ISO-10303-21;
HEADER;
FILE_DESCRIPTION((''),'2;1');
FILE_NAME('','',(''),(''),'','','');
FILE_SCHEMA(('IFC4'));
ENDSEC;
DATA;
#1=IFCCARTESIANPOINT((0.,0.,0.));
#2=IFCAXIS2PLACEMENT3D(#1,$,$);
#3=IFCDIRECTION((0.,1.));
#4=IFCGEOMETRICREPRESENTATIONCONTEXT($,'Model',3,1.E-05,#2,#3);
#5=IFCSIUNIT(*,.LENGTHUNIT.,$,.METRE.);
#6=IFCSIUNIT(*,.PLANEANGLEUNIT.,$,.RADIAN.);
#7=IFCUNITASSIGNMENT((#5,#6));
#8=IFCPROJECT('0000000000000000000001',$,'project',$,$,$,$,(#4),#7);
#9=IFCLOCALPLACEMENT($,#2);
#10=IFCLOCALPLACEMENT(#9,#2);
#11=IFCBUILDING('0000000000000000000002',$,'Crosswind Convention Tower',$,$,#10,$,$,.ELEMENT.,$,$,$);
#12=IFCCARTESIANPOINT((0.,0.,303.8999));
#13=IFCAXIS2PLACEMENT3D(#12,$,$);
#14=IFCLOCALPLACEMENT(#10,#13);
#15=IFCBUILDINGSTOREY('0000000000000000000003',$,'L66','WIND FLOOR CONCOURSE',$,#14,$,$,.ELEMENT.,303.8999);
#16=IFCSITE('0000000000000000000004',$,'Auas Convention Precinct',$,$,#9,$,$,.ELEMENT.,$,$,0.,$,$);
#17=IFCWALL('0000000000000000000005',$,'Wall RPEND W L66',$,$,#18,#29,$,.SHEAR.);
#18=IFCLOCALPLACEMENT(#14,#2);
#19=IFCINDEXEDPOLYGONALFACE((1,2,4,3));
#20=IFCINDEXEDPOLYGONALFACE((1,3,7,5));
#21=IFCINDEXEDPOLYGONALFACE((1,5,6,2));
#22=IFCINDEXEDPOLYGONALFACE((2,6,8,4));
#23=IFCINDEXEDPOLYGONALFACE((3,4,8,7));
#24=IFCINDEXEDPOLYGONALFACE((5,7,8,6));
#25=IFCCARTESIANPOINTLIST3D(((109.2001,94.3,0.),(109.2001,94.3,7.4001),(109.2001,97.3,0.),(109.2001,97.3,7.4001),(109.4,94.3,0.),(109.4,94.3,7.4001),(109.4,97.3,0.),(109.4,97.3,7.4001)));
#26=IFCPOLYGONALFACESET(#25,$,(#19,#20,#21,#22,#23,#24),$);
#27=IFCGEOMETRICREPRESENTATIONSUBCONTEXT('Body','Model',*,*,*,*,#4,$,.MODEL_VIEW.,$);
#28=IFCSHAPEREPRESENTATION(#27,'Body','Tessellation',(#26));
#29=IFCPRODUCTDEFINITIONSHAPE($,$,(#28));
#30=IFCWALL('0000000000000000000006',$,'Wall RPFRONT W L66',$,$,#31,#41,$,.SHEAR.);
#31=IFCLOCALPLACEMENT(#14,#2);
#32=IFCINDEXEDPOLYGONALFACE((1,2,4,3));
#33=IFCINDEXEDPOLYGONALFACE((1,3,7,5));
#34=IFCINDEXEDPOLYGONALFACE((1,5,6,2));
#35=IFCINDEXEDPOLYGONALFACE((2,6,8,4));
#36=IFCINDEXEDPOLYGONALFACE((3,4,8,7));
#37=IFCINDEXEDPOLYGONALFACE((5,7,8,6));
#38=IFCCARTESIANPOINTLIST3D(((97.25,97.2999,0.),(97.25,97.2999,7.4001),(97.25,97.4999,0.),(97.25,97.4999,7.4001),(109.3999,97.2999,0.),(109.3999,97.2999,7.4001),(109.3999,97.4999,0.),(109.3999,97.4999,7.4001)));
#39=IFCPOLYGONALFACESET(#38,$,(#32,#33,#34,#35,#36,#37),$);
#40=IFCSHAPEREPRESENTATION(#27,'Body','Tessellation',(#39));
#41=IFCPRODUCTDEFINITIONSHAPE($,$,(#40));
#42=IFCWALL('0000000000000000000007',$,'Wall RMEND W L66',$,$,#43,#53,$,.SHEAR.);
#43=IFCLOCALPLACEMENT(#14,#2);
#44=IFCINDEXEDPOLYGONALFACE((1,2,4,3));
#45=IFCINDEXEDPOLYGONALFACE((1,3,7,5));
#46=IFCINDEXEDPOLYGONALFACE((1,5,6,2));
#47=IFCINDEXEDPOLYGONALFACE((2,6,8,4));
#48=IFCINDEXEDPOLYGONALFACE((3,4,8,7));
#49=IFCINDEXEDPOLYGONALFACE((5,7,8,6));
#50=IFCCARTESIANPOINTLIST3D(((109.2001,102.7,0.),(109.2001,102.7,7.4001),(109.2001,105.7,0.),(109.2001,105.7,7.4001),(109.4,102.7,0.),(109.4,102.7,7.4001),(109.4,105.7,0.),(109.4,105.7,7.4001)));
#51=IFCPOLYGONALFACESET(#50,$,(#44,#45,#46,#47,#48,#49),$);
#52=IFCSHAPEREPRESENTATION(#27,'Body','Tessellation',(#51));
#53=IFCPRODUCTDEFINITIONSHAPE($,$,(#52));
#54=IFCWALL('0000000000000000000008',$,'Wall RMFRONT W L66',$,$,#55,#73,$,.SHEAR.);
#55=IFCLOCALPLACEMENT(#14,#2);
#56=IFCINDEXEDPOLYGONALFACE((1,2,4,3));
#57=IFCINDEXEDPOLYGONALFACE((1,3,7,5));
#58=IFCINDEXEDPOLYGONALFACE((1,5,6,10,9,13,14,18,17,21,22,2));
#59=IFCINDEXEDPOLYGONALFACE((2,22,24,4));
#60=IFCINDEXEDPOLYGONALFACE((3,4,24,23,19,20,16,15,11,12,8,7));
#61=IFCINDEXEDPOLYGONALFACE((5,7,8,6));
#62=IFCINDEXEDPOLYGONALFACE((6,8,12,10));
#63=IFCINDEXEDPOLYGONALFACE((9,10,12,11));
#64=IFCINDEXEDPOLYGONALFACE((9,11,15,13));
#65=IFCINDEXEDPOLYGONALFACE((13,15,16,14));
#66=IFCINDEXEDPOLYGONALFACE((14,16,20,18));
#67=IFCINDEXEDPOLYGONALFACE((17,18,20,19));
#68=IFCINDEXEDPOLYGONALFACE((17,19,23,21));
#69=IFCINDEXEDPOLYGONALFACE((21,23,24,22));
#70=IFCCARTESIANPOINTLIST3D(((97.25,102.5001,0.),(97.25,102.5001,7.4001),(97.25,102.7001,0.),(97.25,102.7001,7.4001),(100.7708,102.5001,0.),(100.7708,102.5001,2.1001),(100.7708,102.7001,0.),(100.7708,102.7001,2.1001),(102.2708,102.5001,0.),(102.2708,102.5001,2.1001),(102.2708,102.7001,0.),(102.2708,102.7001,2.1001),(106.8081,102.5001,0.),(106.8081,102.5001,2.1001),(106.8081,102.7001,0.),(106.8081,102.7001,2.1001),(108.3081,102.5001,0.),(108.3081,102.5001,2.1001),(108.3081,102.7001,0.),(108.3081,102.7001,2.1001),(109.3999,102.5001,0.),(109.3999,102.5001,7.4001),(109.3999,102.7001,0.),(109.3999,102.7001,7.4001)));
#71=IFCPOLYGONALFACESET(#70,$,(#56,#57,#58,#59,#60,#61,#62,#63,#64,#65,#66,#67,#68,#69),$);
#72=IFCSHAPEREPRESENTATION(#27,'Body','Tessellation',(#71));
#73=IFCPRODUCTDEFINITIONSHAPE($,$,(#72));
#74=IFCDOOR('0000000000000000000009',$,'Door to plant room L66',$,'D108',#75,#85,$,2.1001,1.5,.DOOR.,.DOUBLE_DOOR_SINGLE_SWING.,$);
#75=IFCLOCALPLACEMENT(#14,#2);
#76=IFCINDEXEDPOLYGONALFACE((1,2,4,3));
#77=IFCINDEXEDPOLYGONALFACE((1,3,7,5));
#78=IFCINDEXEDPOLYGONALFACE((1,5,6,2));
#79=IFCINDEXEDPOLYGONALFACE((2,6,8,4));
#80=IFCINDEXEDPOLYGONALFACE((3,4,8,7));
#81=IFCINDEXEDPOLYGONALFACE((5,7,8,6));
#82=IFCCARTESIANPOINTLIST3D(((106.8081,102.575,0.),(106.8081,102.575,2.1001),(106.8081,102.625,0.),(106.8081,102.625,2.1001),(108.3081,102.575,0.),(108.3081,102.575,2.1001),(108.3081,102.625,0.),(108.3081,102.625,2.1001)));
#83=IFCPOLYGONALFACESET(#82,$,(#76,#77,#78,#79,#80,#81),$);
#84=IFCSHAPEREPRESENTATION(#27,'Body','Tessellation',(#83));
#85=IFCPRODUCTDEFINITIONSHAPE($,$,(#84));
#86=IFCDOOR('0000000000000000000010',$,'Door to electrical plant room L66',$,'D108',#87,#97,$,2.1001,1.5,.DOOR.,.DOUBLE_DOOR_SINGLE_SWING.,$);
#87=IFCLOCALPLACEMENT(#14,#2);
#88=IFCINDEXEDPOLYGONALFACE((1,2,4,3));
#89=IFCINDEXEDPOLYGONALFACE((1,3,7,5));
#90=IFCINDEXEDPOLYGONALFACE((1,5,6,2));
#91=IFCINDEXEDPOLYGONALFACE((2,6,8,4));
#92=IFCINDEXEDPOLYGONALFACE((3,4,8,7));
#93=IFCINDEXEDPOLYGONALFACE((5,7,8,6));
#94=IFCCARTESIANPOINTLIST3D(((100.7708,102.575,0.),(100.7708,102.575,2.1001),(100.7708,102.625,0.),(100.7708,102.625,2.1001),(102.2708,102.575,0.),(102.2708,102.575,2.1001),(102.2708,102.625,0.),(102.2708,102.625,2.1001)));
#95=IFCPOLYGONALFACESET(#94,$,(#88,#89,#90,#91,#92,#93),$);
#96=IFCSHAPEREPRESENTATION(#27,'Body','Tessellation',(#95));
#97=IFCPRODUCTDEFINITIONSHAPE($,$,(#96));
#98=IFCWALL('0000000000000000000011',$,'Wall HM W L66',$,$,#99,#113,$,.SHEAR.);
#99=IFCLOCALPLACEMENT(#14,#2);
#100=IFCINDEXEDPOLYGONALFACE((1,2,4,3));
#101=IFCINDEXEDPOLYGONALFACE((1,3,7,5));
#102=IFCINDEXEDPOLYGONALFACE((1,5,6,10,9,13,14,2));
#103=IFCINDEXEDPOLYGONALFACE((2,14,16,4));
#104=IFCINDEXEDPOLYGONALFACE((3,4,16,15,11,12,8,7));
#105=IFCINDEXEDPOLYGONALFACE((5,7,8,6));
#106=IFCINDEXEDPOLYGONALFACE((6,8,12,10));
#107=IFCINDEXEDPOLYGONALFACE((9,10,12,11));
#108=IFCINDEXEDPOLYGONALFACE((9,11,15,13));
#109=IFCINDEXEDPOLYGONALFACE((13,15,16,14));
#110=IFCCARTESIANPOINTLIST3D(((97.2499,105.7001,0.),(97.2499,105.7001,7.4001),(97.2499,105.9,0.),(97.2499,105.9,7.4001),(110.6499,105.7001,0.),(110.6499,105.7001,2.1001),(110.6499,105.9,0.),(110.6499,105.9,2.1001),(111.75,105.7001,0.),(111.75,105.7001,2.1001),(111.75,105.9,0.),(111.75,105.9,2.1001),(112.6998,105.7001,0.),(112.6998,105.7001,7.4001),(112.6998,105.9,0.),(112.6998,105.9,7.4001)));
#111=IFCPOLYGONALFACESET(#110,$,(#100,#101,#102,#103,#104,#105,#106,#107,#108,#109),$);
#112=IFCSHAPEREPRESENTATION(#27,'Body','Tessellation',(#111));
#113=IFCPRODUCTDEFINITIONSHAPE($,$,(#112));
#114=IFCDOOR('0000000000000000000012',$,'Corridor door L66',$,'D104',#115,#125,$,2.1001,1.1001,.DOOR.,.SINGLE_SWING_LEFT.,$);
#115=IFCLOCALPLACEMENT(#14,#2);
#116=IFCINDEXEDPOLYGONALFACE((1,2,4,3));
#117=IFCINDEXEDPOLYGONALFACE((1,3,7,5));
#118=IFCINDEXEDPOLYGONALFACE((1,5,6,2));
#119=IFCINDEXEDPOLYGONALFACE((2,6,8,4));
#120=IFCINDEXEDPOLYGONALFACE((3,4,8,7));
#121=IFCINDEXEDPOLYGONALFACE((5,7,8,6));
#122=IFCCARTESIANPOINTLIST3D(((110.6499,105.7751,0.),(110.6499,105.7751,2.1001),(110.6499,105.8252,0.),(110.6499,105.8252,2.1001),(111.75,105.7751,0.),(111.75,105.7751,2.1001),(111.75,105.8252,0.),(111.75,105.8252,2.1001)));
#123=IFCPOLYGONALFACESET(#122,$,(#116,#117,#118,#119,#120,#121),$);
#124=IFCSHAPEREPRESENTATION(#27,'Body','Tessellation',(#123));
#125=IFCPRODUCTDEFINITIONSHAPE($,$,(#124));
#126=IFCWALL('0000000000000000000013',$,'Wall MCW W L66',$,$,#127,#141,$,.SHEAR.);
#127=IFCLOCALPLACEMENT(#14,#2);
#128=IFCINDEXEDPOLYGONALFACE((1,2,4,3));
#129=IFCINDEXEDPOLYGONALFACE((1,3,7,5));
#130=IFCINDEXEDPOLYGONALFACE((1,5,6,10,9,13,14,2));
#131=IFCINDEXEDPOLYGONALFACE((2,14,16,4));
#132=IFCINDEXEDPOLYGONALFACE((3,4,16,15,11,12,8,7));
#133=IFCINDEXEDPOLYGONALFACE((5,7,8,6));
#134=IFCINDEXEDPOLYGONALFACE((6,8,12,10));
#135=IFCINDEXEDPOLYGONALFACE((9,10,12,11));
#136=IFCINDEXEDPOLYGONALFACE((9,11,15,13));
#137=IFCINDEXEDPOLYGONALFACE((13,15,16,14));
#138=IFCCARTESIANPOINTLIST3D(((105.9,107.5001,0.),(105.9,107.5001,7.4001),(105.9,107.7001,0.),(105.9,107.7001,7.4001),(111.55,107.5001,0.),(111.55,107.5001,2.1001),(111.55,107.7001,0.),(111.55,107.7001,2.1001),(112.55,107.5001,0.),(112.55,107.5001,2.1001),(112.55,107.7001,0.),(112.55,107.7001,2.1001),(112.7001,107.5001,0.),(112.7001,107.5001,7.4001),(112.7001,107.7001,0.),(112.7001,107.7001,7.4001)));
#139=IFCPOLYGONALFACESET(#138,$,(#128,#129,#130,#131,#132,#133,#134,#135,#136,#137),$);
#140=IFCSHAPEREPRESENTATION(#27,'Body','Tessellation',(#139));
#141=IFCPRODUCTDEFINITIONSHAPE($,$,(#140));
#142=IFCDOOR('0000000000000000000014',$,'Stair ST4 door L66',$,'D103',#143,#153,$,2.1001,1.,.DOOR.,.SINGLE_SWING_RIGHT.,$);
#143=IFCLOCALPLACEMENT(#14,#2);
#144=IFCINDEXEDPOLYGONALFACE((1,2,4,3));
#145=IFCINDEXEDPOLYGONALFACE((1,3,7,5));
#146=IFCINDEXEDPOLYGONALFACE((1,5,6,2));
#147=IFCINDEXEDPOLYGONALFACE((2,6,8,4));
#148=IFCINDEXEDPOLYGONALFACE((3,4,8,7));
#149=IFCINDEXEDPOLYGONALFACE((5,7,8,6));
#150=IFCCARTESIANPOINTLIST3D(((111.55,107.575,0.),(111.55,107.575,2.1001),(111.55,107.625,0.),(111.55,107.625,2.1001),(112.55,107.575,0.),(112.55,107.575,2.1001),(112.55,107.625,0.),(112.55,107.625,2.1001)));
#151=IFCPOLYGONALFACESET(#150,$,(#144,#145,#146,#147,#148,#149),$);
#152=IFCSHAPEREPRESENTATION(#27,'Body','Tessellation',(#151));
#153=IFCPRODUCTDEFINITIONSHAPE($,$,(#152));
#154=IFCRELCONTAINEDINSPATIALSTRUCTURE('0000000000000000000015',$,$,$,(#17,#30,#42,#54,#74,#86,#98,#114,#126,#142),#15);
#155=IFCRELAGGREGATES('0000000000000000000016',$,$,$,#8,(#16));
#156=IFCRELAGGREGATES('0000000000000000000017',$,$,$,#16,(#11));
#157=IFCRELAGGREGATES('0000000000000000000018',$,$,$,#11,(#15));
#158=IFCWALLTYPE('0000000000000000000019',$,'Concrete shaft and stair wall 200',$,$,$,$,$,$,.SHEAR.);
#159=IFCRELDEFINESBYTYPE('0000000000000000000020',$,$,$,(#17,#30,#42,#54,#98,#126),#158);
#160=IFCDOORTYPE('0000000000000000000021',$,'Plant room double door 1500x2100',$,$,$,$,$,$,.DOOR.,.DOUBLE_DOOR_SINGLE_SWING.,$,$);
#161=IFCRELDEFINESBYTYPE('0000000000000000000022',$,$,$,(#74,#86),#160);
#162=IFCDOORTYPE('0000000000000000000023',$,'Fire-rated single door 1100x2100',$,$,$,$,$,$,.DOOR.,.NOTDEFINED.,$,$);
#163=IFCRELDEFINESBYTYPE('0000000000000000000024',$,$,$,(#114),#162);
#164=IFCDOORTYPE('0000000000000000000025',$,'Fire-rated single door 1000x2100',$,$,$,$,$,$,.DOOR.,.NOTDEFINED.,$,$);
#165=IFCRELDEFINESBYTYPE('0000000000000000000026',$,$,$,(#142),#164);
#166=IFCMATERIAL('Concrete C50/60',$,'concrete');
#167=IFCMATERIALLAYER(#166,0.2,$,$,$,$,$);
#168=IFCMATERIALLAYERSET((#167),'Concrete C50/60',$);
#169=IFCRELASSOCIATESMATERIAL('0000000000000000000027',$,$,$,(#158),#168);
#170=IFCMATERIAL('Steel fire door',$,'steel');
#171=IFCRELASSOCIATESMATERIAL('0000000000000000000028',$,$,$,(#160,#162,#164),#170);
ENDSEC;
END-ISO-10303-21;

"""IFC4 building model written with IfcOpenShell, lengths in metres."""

from ifc_helpers import new_model, si_unit, direction, frame, frame_2d, origin, place, context, subcontext, project, spatial, rectangle, extrude, material, layer, layer_set, type_object, element, fill, save


model = new_model("IFC4")

# Units and contexts
model_context = context("Model", 3, precision=1e-05, world=origin(), true_north=direction((0.0, 1.0)))
body_context = subcontext(model_context, "Body", "Model", "MODEL_VIEW")
ifc_project = project(units=[si_unit("LENGTHUNIT", "METRE"), si_unit("PLANEANGLEUNIT", "RADIAN")], contexts=[model_context])

# Site, building, storey
site_placement = place(None, origin())
site = spatial("IfcSite", under=ifc_project, at=site_placement, Name="Auas Convention Precinct", CompositionType="ELEMENT", RefElevation=0.0)
building_placement = place(site_placement, origin())
building = spatial("IfcBuilding", under=site, at=building_placement, Name="Crosswind Convention Tower", CompositionType="ELEMENT")
storey_placement = place(building_placement, frame((0.0, 0.0, 303.8999)))
storey = spatial("IfcBuildingStorey", under=building, at=storey_placement, Name="L66", Description="WIND FLOOR CONCOURSE", CompositionType="ELEMENT", Elevation=303.8999)

# Walls
ifc_material_1 = material(Name="Concrete C50/60", Category="concrete")
ifc_layer = layer(ifc_material_1, 0.2)
ifc_layer_set = layer_set([ifc_layer], Name="Concrete C50/60")
wall_type = type_object("IfcWallType", Name="Concrete shaft and stair wall 200", PredefinedType="SHEAR", material=ifc_layer_set)
wall_1_placement = place(storey_placement, frame((109.3, 97.3, 0.0), z_axis=(0.0, 0.0, 1.0), x_axis=(0.0, -1.0, 0.0)))
element("IfcWall", 1, at=wall_1_placement, inside=storey, type_object=wall_type, Name="Wall RPEND W L66", PredefinedType="SHEAR", context=body_context, shape_type="SweptSolid", body=[
    extrude(rectangle(XDim=3.0, YDim=0.2, at=frame_2d((1.5, 0.0))), origin(), (0.0, 0.0, 1.0), 7.4001),
])
wall_2_placement = place(storey_placement, frame((109.3999, 97.3999, 0.0), z_axis=(0.0, 0.0, 1.0), x_axis=(-1.0, 0.0, 0.0)))
element("IfcWall", 2, at=wall_2_placement, inside=storey, type_object=wall_type, Name="Wall RPFRONT W L66", PredefinedType="SHEAR", context=body_context, shape_type="SweptSolid", body=[
    extrude(rectangle(XDim=12.1499, YDim=0.2, at=frame_2d((6.075, 0.0))), origin(), (0.0, 0.0, 1.0), 7.4001),
])
wall_3_placement = place(storey_placement, frame((109.3, 105.7, 0.0), z_axis=(0.0, 0.0, 1.0), x_axis=(0.0, -1.0, 0.0)))
element("IfcWall", 3, at=wall_3_placement, inside=storey, type_object=wall_type, Name="Wall RMEND W L66", PredefinedType="SHEAR", context=body_context, shape_type="SweptSolid", body=[
    extrude(rectangle(XDim=3.0, YDim=0.2, at=frame_2d((1.5, 0.0))), origin(), (0.0, 0.0, 1.0), 7.4001),
])

# Wall, openings, doors
wall_4_placement = place(storey_placement, frame((109.3999, 102.6001, 0.0), z_axis=(0.0, 0.0, 1.0), x_axis=(-1.0, 0.0, 0.0)))
wall_4 = element("IfcWall", 4, at=wall_4_placement, inside=storey, type_object=wall_type, Name="Wall RMFRONT W L66", PredefinedType="SHEAR", context=body_context, shape_type="SweptSolid", body=[
    extrude(rectangle(XDim=12.1499, YDim=0.2, at=frame_2d((6.075, 0.0))), origin(), (0.0, 0.0, 1.0), 7.4001),
])
opening_1_placement = place(wall_4_placement, frame((1.0918, 0.0, 0.0)))
opening_1 = element("IfcOpeningElement", 5, at=opening_1_placement, cuts=wall_4, PredefinedType="OPENING", context=body_context, shape_type="SweptSolid", body=[
    extrude(rectangle(XDim=1.5, YDim=2.1001, at=frame_2d((0.75, 1.05))), frame((0.0, 0.1099, 0.0), z_axis=(0.0, -1.0, 0.0), x_axis=(1.0, 0.0, 0.0)), (0.0, 0.0, 1.0), 0.22),
])
opening_2_placement = place(wall_4_placement, frame((7.1292, 0.0, 0.0)))
opening_2 = element("IfcOpeningElement", 6, at=opening_2_placement, cuts=wall_4, PredefinedType="OPENING", context=body_context, shape_type="SweptSolid", body=[
    extrude(rectangle(XDim=1.5, YDim=2.1001, at=frame_2d((0.75, 1.05))), frame((0.0, 0.1099, 0.0), z_axis=(0.0, -1.0, 0.0), x_axis=(1.0, 0.0, 0.0)), (0.0, 0.0, 1.0), 0.22),
])
ifc_material_2 = material(Name="Steel fire door", Category="steel")
door_type_1 = type_object("IfcDoorType", Name="Plant room double door 1500x2100", OperationType="DOUBLE_DOOR_SINGLE_SWING", PredefinedType="DOOR", material=ifc_material_2)
door_1_placement = place(opening_1_placement, frame((1.5, 0.0, 0.0), z_axis=(0.0, 0.0, 1.0), x_axis=(-1.0, 0.0, 0.0)))
door_1 = element("IfcDoor", 7, at=door_1_placement, inside=storey, type_object=door_type_1, Name="Door to plant room L66", ObjectType="D108", OperationType="DOUBLE_DOOR_SINGLE_SWING", OverallHeight=2.1001, OverallWidth=1.5, PredefinedType="DOOR", context=body_context, shape_type="SweptSolid", body=[
    extrude(rectangle(XDim=1.5, YDim=2.1001, at=frame_2d((0.75, 1.05))), frame((0.0, 0.0249, 0.0), z_axis=(0.0, -1.0, 0.0), x_axis=(1.0, 0.0, 0.0)), (0.0, 0.0, 1.0), 0.05),
])
fill(opening_1, door_1)
door_2_placement = place(opening_2_placement, frame((1.5, 0.0, 0.0), z_axis=(0.0, 0.0, 1.0), x_axis=(-1.0, 0.0, 0.0)))
door_2 = element("IfcDoor", 8, at=door_2_placement, inside=storey, type_object=door_type_1, Name="Door to electrical plant room L66", ObjectType="D108", OperationType="DOUBLE_DOOR_SINGLE_SWING", OverallHeight=2.1001, OverallWidth=1.5, PredefinedType="DOOR", context=body_context, shape_type="SweptSolid", body=[
    extrude(rectangle(XDim=1.5, YDim=2.1001, at=frame_2d((0.75, 1.05))), frame((0.0, 0.0249, 0.0), z_axis=(0.0, -1.0, 0.0), x_axis=(1.0, 0.0, 0.0)), (0.0, 0.0, 1.0), 0.05),
])
fill(opening_2, door_2)

# Walls, openings, doors
wall_5_placement = place(storey_placement, frame((112.7, 105.8, 0.0), z_axis=(0.0, 0.0, 1.0), x_axis=(-1.0, 0.0, 0.0)))
wall_5 = element("IfcWall", 9, at=wall_5_placement, inside=storey, type_object=wall_type, Name="Wall HM W L66", PredefinedType="SHEAR", context=body_context, shape_type="SweptSolid", body=[
    extrude(rectangle(XDim=15.45, YDim=0.2, at=frame_2d((7.7251, 0.0))), origin(), (0.0, 0.0, 1.0), 7.4001),
])
opening_3_placement = place(wall_5_placement, frame((0.95, 0.0, 0.0)))
opening_3 = element("IfcOpeningElement", 10, at=opening_3_placement, cuts=wall_5, PredefinedType="OPENING", context=body_context, shape_type="SweptSolid", body=[
    extrude(rectangle(XDim=1.1001, YDim=2.1001, at=frame_2d((0.55, 1.05))), frame((0.0, 0.1099, 0.0), z_axis=(0.0, -1.0, 0.0), x_axis=(1.0, 0.0, 0.0)), (0.0, 0.0, 1.0), 0.22),
])
door_type_2 = type_object("IfcDoorType", Name="Fire-rated single door 1100x2100", OperationType="NOTDEFINED", PredefinedType="DOOR", material=ifc_material_2)
door_3_placement = place(opening_3_placement, origin())
door_3 = element("IfcDoor", 11, at=door_3_placement, inside=storey, type_object=door_type_2, Name="Corridor door L66", ObjectType="D104", OperationType="SINGLE_SWING_LEFT", OverallHeight=2.1001, OverallWidth=1.1001, PredefinedType="DOOR", context=body_context, shape_type="SweptSolid", body=[
    extrude(rectangle(XDim=1.1001, YDim=2.1001, at=frame_2d((0.55, 1.05))), frame((0.0, 0.0249, 0.0), z_axis=(0.0, -1.0, 0.0), x_axis=(1.0, 0.0, 0.0)), (0.0, 0.0, 1.0), 0.05),
])
fill(opening_3, door_3)
wall_6_placement = place(storey_placement, frame((112.7, 107.6001, 0.0), z_axis=(0.0, 0.0, 1.0), x_axis=(-1.0, 0.0, 0.0)))
wall_6 = element("IfcWall", 12, at=wall_6_placement, inside=storey, type_object=wall_type, Name="Wall MCW W L66", PredefinedType="SHEAR", context=body_context, shape_type="SweptSolid", body=[
    extrude(rectangle(XDim=6.8, YDim=0.2, at=frame_2d((3.3999, 0.0))), origin(), (0.0, 0.0, 1.0), 7.4001),
])
opening_4_placement = place(wall_6_placement, frame((0.1499, 0.0, 0.0)))
opening_4 = element("IfcOpeningElement", 13, at=opening_4_placement, cuts=wall_6, PredefinedType="OPENING", context=body_context, shape_type="SweptSolid", body=[
    extrude(rectangle(XDim=1.0, YDim=2.1001, at=frame_2d((0.5, 1.05))), frame((0.0, 0.1099, 0.0), z_axis=(0.0, -1.0, 0.0), x_axis=(1.0, 0.0, 0.0)), (0.0, 0.0, 1.0), 0.22),
])
door_type_3 = type_object("IfcDoorType", Name="Fire-rated single door 1000x2100", OperationType="NOTDEFINED", PredefinedType="DOOR", material=ifc_material_2)
door_4_placement = place(opening_4_placement, frame((1.0, 0.0, 0.0), z_axis=(0.0, 0.0, 1.0), x_axis=(-1.0, 0.0, 0.0)))
door_4 = element("IfcDoor", 14, at=door_4_placement, inside=storey, type_object=door_type_3, Name="Stair ST4 door L66", ObjectType="D103", OperationType="SINGLE_SWING_RIGHT", OverallHeight=2.1001, OverallWidth=1.0, PredefinedType="DOOR", context=body_context, shape_type="SweptSolid", body=[
    extrude(rectangle(XDim=1.0, YDim=2.1001, at=frame_2d((0.5, 1.05))), frame((0.0, 0.0249, 0.0), z_axis=(0.0, -1.0, 0.0), x_axis=(1.0, 0.0, 0.0)), (0.0, 0.0, 1.0), 0.05),
])
fill(opening_4, door_4)

save(model, "model.ifc")
